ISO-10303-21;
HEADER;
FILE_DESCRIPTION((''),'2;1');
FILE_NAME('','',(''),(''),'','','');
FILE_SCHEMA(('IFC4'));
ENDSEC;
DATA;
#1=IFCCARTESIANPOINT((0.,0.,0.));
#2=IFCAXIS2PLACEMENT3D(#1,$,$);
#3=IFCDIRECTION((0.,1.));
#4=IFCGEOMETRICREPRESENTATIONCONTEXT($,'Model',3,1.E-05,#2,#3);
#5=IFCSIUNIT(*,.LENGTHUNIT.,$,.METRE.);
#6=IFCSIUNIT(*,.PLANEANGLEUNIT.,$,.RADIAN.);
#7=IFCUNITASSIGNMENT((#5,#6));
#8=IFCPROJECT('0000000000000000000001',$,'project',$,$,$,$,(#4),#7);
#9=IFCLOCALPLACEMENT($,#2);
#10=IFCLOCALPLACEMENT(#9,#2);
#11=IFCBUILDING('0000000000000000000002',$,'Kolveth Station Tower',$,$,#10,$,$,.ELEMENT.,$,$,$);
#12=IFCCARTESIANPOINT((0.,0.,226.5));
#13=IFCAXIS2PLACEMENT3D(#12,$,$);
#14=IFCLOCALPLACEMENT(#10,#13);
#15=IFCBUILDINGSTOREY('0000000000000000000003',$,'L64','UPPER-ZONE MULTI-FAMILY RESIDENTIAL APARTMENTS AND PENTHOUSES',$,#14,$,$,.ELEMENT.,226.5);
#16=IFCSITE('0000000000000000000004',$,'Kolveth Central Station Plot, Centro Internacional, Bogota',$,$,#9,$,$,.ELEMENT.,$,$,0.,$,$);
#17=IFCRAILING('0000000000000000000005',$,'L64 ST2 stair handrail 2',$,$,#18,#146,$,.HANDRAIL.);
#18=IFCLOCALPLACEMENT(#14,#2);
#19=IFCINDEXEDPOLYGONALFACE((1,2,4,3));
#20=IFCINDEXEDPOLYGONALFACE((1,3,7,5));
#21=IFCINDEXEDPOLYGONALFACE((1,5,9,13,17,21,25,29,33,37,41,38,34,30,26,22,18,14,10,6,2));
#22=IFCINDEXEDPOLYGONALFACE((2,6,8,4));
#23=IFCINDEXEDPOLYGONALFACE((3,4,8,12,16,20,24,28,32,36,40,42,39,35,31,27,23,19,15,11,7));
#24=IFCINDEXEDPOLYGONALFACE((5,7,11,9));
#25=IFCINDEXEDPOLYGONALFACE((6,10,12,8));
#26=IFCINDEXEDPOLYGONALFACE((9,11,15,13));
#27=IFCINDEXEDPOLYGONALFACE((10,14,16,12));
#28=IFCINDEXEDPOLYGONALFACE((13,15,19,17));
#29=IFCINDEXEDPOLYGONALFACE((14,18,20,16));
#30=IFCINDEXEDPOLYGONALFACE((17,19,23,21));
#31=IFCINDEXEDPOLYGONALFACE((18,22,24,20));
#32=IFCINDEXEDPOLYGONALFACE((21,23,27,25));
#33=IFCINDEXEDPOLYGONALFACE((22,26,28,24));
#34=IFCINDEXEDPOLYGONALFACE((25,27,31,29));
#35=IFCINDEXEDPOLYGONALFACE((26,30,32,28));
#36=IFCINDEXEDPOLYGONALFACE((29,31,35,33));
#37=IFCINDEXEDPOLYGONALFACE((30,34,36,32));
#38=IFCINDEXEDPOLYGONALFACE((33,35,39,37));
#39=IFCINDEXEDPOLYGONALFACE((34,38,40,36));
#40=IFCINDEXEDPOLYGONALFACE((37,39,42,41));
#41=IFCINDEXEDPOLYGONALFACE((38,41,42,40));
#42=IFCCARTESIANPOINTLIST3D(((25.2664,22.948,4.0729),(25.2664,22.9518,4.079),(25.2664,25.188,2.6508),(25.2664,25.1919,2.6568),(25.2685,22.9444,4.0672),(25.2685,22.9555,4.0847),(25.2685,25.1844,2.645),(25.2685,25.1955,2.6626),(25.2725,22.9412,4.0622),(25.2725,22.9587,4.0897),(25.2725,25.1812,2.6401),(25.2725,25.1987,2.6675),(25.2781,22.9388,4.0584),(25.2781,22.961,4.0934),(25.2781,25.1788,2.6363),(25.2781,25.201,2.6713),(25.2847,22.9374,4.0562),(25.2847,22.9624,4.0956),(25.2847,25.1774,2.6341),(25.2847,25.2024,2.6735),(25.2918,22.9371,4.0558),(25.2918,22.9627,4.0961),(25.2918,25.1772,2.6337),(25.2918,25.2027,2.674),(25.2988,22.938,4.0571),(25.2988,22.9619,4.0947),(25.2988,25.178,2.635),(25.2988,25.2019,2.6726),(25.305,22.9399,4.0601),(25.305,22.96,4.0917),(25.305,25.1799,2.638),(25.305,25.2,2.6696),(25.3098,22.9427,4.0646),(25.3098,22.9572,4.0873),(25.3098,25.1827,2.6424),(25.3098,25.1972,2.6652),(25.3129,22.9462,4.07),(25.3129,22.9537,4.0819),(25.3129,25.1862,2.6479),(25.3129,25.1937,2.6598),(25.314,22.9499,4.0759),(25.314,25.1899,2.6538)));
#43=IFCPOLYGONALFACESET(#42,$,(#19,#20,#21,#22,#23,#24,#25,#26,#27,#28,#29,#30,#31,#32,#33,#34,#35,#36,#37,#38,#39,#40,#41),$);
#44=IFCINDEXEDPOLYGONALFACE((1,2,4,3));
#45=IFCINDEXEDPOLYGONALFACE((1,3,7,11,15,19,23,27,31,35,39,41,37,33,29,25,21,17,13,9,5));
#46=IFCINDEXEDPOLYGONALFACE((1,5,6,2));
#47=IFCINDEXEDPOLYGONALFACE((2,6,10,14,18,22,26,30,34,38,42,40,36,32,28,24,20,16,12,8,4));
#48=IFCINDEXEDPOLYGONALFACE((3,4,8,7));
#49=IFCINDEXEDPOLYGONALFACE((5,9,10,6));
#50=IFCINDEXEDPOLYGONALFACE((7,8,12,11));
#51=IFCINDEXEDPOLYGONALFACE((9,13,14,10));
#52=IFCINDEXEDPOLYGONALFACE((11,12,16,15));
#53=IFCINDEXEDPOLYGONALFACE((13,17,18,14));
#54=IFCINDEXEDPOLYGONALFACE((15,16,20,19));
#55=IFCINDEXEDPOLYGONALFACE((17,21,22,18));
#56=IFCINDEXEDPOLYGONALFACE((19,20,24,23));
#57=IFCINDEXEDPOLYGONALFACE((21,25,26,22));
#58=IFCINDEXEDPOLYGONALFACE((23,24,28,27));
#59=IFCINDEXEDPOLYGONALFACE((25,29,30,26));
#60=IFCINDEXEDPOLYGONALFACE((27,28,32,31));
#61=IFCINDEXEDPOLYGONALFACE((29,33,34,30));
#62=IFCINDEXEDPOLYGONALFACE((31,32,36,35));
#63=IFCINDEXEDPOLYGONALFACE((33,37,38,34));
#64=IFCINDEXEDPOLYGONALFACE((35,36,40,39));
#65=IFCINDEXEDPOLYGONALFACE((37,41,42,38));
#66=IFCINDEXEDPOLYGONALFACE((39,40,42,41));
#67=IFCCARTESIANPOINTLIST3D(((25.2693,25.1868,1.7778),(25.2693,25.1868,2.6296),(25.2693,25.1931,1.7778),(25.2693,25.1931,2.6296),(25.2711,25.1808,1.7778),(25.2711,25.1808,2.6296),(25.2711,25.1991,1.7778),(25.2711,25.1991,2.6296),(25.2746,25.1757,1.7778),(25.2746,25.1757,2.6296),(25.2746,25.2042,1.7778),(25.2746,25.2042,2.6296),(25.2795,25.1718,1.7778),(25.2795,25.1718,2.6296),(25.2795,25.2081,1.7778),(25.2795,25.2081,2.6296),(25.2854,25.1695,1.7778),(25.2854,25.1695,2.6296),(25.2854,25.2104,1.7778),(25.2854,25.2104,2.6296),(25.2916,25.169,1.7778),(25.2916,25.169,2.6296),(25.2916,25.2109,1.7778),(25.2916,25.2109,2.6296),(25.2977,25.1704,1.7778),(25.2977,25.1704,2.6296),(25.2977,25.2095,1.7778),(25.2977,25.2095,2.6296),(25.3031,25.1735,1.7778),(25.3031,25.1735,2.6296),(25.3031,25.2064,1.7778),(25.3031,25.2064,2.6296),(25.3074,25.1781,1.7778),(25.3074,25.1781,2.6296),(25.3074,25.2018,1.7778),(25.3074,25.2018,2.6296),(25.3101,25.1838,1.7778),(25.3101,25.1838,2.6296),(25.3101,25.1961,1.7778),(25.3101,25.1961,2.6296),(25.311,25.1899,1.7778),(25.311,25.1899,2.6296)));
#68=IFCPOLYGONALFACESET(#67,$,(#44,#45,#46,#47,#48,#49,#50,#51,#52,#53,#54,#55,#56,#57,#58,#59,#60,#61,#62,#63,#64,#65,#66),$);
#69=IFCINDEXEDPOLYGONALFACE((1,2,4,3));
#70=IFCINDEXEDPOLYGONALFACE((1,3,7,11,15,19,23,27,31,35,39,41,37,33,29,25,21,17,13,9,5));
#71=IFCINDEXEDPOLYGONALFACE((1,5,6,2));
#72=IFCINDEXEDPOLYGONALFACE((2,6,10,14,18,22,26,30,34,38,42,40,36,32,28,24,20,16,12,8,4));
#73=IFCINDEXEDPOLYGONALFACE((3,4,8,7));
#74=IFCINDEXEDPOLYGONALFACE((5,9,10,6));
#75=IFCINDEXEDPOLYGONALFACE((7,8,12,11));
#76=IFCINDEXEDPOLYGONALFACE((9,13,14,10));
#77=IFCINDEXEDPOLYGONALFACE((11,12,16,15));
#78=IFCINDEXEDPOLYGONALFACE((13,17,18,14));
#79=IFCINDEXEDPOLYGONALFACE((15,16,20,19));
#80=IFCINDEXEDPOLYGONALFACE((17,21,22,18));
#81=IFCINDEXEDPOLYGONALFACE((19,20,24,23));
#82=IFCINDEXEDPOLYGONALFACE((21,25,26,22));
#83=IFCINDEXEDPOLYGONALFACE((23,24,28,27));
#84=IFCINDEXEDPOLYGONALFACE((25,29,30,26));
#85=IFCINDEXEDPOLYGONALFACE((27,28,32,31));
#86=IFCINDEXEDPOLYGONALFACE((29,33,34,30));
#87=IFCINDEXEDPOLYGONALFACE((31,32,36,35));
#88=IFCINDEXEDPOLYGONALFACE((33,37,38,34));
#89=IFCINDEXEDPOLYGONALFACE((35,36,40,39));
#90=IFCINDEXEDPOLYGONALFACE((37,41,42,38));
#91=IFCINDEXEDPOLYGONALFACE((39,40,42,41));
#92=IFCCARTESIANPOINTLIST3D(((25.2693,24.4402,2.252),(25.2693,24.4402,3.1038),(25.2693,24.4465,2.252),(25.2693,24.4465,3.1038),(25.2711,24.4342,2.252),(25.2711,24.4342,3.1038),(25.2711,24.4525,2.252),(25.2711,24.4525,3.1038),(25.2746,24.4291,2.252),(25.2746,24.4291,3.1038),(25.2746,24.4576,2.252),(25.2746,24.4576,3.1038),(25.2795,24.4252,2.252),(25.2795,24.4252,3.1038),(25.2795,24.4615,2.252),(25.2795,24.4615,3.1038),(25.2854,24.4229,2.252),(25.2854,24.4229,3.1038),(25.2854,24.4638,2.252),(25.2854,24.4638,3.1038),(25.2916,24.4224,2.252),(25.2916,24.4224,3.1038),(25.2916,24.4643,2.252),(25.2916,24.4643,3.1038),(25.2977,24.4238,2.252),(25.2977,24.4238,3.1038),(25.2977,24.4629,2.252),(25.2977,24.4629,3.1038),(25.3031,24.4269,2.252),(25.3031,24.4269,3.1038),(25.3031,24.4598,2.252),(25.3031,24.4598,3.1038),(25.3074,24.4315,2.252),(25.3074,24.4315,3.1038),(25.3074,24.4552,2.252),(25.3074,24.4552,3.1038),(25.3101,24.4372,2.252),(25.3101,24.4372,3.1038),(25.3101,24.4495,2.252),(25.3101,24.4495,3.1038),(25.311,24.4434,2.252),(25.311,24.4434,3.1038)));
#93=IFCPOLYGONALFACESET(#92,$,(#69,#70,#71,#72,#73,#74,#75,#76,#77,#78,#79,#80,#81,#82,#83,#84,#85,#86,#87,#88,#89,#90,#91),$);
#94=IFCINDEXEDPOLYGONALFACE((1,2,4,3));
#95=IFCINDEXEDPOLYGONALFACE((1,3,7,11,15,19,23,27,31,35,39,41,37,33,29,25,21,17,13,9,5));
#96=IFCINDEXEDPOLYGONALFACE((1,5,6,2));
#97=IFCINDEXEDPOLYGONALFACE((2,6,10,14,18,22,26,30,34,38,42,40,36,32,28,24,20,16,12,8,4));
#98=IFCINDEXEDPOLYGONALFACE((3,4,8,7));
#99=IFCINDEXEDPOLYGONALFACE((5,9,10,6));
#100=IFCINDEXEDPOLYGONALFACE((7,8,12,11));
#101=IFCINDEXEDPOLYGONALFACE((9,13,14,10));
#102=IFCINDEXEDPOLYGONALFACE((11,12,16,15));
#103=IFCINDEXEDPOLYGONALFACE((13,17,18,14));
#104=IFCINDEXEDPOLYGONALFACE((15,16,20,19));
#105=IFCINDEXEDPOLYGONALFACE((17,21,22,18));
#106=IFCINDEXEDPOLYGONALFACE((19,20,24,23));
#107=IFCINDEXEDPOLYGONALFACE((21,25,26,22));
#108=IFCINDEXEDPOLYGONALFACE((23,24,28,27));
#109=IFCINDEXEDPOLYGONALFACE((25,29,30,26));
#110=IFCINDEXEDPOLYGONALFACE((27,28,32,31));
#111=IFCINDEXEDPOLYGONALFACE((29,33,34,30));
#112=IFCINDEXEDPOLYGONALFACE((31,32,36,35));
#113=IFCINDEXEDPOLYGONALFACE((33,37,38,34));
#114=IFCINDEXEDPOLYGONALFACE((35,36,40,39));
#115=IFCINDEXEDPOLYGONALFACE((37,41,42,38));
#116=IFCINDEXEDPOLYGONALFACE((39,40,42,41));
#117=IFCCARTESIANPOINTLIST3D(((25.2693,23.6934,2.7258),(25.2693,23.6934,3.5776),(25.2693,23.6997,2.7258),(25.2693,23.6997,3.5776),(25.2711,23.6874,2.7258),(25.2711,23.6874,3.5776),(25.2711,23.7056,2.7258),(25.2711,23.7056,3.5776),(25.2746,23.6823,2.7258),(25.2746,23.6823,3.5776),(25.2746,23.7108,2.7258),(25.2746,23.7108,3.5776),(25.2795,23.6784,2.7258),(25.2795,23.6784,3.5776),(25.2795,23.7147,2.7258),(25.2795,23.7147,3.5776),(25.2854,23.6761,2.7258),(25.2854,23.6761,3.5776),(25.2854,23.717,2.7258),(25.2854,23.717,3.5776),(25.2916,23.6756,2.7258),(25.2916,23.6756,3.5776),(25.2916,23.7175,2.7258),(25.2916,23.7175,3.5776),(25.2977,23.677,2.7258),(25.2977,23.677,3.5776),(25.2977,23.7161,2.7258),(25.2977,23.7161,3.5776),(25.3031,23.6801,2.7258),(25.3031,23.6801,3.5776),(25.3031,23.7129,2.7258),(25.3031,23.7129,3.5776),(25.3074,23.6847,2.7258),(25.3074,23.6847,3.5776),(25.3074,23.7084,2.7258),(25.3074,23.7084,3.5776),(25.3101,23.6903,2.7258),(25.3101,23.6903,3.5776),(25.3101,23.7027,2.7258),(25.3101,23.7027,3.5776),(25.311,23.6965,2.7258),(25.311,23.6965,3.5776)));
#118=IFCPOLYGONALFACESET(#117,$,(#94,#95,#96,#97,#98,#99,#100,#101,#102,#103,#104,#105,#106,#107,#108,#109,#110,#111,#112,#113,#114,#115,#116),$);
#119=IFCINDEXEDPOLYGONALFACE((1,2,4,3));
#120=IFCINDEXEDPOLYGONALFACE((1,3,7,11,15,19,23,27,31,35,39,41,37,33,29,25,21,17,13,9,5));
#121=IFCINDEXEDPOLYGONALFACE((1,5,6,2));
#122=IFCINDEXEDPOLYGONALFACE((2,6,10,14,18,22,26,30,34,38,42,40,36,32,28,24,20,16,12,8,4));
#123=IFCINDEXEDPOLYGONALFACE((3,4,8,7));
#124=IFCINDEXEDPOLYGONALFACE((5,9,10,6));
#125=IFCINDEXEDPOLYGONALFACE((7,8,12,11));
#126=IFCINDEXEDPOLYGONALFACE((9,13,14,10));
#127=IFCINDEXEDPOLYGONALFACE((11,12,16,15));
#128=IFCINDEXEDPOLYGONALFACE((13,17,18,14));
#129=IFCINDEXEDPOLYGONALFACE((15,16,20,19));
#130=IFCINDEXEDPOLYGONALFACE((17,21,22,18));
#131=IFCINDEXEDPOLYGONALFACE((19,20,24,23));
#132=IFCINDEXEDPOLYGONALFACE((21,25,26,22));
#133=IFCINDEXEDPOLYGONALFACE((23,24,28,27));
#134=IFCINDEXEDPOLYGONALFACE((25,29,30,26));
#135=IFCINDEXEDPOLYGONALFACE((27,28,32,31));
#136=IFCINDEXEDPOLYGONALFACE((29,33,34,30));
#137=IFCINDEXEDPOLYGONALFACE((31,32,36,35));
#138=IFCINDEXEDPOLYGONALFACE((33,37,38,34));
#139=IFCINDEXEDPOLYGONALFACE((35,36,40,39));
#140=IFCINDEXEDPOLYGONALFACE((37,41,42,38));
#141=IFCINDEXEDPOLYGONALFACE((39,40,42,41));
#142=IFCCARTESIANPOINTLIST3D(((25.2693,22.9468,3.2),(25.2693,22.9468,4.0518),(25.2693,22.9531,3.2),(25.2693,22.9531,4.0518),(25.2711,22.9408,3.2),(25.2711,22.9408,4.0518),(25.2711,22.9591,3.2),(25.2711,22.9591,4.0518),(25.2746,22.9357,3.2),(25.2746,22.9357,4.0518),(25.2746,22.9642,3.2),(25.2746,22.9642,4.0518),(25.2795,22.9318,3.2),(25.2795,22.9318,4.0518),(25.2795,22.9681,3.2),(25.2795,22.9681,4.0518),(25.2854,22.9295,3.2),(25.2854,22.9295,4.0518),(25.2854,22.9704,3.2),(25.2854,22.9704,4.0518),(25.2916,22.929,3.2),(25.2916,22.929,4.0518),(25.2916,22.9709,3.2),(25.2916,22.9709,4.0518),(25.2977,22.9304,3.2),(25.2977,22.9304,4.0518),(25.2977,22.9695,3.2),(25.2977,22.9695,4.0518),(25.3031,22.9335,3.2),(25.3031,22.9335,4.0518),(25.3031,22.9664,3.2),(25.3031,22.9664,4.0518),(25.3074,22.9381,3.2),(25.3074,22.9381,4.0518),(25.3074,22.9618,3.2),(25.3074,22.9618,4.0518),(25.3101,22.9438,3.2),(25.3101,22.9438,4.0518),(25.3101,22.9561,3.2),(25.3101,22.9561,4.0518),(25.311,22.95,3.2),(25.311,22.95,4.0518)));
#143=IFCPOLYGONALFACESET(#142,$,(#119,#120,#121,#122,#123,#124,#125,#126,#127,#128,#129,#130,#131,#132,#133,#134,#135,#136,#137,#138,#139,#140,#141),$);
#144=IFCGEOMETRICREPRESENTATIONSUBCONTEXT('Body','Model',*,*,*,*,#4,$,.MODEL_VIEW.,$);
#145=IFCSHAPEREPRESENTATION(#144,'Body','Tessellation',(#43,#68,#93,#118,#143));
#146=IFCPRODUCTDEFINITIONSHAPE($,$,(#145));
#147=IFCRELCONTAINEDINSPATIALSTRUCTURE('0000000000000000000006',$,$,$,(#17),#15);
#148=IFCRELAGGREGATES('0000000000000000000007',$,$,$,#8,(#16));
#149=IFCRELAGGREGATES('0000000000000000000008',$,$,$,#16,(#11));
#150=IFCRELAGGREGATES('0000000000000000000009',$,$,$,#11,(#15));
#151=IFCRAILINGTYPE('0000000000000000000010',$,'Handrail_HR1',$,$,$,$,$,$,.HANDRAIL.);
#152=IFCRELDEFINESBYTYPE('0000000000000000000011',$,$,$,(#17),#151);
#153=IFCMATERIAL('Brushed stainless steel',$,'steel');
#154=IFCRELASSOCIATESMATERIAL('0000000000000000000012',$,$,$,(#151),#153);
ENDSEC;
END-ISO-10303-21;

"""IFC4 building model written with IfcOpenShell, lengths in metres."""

from ifc_helpers import new_model, si_unit, direction, frame, origin, origin_2d, place, context, subcontext, project, spatial, circle, extrude, material, type_object, element, save


model = new_model("IFC4")

# Units and contexts
model_context = context("Model", 3, precision=1e-05, world=origin(), true_north=direction((0.0, 1.0)))
body_context = subcontext(model_context, "Body", "Model", "MODEL_VIEW")
ifc_project = project(units=[si_unit("LENGTHUNIT", "METRE"), si_unit("PLANEANGLEUNIT", "RADIAN")], contexts=[model_context])

# Site, building, storey
site_placement = place(None, origin())
site = spatial("IfcSite", under=ifc_project, at=site_placement, Name="Kolveth Central Station Plot, Centro Internacional, Bogota", CompositionType="ELEMENT", RefElevation=0.0)
building_placement = place(site_placement, origin())
building = spatial("IfcBuilding", under=site, at=building_placement, Name="Kolveth Station Tower", CompositionType="ELEMENT")
storey_placement = place(building_placement, frame((0.0, 0.0, 226.5)))
storey = spatial("IfcBuildingStorey", under=building, at=storey_placement, Name="L64", Description="UPPER-ZONE MULTI-FAMILY RESIDENTIAL APARTMENTS AND PENTHOUSES", CompositionType="ELEMENT", Elevation=226.5)

# Railing
ifc_material_1 = material(Name="Brushed stainless steel", Category="steel")
railing_type_1 = type_object("IfcRailingType", Name="Handrail_HR1", PredefinedType="HANDRAIL", material=ifc_material_1)
railing_1_placement = place(storey_placement, frame((25.29, 25.1899, 1.7778)))
element("IfcRailing", 1, at=railing_1_placement, inside=storey, type_object=railing_type_1, Name="L64 ST2 stair handrail 2", PredefinedType="HANDRAIL", context=body_context, shape_type="SweptSolid", body=[
    extrude(circle(Radius=0.0239, at=origin_2d()), frame((0.0, 0.0, 0.876), z_axis=(0.0, -0.844229, 0.535982), x_axis=(1.0, 0.0, 0.0)), (0.0, 0.0, 1.0), 2.6533),
    extrude(circle(Radius=0.021, at=origin_2d()), origin(), (0.0, 0.0, 1.0), 0.8518),
    extrude(circle(Radius=0.021, at=origin_2d()), frame((0.0, -0.7466, 0.4741)), (0.0, 0.0, 1.0), 0.8518),
    extrude(circle(Radius=0.021, at=origin_2d()), frame((0.0, -1.4934, 0.948)), (0.0, 0.0, 1.0), 0.8518),
    extrude(circle(Radius=0.021, at=origin_2d()), frame((0.0, -2.24, 1.4221)), (0.0, 0.0, 1.0), 0.8518),
])

save(model, "model.ifc")
